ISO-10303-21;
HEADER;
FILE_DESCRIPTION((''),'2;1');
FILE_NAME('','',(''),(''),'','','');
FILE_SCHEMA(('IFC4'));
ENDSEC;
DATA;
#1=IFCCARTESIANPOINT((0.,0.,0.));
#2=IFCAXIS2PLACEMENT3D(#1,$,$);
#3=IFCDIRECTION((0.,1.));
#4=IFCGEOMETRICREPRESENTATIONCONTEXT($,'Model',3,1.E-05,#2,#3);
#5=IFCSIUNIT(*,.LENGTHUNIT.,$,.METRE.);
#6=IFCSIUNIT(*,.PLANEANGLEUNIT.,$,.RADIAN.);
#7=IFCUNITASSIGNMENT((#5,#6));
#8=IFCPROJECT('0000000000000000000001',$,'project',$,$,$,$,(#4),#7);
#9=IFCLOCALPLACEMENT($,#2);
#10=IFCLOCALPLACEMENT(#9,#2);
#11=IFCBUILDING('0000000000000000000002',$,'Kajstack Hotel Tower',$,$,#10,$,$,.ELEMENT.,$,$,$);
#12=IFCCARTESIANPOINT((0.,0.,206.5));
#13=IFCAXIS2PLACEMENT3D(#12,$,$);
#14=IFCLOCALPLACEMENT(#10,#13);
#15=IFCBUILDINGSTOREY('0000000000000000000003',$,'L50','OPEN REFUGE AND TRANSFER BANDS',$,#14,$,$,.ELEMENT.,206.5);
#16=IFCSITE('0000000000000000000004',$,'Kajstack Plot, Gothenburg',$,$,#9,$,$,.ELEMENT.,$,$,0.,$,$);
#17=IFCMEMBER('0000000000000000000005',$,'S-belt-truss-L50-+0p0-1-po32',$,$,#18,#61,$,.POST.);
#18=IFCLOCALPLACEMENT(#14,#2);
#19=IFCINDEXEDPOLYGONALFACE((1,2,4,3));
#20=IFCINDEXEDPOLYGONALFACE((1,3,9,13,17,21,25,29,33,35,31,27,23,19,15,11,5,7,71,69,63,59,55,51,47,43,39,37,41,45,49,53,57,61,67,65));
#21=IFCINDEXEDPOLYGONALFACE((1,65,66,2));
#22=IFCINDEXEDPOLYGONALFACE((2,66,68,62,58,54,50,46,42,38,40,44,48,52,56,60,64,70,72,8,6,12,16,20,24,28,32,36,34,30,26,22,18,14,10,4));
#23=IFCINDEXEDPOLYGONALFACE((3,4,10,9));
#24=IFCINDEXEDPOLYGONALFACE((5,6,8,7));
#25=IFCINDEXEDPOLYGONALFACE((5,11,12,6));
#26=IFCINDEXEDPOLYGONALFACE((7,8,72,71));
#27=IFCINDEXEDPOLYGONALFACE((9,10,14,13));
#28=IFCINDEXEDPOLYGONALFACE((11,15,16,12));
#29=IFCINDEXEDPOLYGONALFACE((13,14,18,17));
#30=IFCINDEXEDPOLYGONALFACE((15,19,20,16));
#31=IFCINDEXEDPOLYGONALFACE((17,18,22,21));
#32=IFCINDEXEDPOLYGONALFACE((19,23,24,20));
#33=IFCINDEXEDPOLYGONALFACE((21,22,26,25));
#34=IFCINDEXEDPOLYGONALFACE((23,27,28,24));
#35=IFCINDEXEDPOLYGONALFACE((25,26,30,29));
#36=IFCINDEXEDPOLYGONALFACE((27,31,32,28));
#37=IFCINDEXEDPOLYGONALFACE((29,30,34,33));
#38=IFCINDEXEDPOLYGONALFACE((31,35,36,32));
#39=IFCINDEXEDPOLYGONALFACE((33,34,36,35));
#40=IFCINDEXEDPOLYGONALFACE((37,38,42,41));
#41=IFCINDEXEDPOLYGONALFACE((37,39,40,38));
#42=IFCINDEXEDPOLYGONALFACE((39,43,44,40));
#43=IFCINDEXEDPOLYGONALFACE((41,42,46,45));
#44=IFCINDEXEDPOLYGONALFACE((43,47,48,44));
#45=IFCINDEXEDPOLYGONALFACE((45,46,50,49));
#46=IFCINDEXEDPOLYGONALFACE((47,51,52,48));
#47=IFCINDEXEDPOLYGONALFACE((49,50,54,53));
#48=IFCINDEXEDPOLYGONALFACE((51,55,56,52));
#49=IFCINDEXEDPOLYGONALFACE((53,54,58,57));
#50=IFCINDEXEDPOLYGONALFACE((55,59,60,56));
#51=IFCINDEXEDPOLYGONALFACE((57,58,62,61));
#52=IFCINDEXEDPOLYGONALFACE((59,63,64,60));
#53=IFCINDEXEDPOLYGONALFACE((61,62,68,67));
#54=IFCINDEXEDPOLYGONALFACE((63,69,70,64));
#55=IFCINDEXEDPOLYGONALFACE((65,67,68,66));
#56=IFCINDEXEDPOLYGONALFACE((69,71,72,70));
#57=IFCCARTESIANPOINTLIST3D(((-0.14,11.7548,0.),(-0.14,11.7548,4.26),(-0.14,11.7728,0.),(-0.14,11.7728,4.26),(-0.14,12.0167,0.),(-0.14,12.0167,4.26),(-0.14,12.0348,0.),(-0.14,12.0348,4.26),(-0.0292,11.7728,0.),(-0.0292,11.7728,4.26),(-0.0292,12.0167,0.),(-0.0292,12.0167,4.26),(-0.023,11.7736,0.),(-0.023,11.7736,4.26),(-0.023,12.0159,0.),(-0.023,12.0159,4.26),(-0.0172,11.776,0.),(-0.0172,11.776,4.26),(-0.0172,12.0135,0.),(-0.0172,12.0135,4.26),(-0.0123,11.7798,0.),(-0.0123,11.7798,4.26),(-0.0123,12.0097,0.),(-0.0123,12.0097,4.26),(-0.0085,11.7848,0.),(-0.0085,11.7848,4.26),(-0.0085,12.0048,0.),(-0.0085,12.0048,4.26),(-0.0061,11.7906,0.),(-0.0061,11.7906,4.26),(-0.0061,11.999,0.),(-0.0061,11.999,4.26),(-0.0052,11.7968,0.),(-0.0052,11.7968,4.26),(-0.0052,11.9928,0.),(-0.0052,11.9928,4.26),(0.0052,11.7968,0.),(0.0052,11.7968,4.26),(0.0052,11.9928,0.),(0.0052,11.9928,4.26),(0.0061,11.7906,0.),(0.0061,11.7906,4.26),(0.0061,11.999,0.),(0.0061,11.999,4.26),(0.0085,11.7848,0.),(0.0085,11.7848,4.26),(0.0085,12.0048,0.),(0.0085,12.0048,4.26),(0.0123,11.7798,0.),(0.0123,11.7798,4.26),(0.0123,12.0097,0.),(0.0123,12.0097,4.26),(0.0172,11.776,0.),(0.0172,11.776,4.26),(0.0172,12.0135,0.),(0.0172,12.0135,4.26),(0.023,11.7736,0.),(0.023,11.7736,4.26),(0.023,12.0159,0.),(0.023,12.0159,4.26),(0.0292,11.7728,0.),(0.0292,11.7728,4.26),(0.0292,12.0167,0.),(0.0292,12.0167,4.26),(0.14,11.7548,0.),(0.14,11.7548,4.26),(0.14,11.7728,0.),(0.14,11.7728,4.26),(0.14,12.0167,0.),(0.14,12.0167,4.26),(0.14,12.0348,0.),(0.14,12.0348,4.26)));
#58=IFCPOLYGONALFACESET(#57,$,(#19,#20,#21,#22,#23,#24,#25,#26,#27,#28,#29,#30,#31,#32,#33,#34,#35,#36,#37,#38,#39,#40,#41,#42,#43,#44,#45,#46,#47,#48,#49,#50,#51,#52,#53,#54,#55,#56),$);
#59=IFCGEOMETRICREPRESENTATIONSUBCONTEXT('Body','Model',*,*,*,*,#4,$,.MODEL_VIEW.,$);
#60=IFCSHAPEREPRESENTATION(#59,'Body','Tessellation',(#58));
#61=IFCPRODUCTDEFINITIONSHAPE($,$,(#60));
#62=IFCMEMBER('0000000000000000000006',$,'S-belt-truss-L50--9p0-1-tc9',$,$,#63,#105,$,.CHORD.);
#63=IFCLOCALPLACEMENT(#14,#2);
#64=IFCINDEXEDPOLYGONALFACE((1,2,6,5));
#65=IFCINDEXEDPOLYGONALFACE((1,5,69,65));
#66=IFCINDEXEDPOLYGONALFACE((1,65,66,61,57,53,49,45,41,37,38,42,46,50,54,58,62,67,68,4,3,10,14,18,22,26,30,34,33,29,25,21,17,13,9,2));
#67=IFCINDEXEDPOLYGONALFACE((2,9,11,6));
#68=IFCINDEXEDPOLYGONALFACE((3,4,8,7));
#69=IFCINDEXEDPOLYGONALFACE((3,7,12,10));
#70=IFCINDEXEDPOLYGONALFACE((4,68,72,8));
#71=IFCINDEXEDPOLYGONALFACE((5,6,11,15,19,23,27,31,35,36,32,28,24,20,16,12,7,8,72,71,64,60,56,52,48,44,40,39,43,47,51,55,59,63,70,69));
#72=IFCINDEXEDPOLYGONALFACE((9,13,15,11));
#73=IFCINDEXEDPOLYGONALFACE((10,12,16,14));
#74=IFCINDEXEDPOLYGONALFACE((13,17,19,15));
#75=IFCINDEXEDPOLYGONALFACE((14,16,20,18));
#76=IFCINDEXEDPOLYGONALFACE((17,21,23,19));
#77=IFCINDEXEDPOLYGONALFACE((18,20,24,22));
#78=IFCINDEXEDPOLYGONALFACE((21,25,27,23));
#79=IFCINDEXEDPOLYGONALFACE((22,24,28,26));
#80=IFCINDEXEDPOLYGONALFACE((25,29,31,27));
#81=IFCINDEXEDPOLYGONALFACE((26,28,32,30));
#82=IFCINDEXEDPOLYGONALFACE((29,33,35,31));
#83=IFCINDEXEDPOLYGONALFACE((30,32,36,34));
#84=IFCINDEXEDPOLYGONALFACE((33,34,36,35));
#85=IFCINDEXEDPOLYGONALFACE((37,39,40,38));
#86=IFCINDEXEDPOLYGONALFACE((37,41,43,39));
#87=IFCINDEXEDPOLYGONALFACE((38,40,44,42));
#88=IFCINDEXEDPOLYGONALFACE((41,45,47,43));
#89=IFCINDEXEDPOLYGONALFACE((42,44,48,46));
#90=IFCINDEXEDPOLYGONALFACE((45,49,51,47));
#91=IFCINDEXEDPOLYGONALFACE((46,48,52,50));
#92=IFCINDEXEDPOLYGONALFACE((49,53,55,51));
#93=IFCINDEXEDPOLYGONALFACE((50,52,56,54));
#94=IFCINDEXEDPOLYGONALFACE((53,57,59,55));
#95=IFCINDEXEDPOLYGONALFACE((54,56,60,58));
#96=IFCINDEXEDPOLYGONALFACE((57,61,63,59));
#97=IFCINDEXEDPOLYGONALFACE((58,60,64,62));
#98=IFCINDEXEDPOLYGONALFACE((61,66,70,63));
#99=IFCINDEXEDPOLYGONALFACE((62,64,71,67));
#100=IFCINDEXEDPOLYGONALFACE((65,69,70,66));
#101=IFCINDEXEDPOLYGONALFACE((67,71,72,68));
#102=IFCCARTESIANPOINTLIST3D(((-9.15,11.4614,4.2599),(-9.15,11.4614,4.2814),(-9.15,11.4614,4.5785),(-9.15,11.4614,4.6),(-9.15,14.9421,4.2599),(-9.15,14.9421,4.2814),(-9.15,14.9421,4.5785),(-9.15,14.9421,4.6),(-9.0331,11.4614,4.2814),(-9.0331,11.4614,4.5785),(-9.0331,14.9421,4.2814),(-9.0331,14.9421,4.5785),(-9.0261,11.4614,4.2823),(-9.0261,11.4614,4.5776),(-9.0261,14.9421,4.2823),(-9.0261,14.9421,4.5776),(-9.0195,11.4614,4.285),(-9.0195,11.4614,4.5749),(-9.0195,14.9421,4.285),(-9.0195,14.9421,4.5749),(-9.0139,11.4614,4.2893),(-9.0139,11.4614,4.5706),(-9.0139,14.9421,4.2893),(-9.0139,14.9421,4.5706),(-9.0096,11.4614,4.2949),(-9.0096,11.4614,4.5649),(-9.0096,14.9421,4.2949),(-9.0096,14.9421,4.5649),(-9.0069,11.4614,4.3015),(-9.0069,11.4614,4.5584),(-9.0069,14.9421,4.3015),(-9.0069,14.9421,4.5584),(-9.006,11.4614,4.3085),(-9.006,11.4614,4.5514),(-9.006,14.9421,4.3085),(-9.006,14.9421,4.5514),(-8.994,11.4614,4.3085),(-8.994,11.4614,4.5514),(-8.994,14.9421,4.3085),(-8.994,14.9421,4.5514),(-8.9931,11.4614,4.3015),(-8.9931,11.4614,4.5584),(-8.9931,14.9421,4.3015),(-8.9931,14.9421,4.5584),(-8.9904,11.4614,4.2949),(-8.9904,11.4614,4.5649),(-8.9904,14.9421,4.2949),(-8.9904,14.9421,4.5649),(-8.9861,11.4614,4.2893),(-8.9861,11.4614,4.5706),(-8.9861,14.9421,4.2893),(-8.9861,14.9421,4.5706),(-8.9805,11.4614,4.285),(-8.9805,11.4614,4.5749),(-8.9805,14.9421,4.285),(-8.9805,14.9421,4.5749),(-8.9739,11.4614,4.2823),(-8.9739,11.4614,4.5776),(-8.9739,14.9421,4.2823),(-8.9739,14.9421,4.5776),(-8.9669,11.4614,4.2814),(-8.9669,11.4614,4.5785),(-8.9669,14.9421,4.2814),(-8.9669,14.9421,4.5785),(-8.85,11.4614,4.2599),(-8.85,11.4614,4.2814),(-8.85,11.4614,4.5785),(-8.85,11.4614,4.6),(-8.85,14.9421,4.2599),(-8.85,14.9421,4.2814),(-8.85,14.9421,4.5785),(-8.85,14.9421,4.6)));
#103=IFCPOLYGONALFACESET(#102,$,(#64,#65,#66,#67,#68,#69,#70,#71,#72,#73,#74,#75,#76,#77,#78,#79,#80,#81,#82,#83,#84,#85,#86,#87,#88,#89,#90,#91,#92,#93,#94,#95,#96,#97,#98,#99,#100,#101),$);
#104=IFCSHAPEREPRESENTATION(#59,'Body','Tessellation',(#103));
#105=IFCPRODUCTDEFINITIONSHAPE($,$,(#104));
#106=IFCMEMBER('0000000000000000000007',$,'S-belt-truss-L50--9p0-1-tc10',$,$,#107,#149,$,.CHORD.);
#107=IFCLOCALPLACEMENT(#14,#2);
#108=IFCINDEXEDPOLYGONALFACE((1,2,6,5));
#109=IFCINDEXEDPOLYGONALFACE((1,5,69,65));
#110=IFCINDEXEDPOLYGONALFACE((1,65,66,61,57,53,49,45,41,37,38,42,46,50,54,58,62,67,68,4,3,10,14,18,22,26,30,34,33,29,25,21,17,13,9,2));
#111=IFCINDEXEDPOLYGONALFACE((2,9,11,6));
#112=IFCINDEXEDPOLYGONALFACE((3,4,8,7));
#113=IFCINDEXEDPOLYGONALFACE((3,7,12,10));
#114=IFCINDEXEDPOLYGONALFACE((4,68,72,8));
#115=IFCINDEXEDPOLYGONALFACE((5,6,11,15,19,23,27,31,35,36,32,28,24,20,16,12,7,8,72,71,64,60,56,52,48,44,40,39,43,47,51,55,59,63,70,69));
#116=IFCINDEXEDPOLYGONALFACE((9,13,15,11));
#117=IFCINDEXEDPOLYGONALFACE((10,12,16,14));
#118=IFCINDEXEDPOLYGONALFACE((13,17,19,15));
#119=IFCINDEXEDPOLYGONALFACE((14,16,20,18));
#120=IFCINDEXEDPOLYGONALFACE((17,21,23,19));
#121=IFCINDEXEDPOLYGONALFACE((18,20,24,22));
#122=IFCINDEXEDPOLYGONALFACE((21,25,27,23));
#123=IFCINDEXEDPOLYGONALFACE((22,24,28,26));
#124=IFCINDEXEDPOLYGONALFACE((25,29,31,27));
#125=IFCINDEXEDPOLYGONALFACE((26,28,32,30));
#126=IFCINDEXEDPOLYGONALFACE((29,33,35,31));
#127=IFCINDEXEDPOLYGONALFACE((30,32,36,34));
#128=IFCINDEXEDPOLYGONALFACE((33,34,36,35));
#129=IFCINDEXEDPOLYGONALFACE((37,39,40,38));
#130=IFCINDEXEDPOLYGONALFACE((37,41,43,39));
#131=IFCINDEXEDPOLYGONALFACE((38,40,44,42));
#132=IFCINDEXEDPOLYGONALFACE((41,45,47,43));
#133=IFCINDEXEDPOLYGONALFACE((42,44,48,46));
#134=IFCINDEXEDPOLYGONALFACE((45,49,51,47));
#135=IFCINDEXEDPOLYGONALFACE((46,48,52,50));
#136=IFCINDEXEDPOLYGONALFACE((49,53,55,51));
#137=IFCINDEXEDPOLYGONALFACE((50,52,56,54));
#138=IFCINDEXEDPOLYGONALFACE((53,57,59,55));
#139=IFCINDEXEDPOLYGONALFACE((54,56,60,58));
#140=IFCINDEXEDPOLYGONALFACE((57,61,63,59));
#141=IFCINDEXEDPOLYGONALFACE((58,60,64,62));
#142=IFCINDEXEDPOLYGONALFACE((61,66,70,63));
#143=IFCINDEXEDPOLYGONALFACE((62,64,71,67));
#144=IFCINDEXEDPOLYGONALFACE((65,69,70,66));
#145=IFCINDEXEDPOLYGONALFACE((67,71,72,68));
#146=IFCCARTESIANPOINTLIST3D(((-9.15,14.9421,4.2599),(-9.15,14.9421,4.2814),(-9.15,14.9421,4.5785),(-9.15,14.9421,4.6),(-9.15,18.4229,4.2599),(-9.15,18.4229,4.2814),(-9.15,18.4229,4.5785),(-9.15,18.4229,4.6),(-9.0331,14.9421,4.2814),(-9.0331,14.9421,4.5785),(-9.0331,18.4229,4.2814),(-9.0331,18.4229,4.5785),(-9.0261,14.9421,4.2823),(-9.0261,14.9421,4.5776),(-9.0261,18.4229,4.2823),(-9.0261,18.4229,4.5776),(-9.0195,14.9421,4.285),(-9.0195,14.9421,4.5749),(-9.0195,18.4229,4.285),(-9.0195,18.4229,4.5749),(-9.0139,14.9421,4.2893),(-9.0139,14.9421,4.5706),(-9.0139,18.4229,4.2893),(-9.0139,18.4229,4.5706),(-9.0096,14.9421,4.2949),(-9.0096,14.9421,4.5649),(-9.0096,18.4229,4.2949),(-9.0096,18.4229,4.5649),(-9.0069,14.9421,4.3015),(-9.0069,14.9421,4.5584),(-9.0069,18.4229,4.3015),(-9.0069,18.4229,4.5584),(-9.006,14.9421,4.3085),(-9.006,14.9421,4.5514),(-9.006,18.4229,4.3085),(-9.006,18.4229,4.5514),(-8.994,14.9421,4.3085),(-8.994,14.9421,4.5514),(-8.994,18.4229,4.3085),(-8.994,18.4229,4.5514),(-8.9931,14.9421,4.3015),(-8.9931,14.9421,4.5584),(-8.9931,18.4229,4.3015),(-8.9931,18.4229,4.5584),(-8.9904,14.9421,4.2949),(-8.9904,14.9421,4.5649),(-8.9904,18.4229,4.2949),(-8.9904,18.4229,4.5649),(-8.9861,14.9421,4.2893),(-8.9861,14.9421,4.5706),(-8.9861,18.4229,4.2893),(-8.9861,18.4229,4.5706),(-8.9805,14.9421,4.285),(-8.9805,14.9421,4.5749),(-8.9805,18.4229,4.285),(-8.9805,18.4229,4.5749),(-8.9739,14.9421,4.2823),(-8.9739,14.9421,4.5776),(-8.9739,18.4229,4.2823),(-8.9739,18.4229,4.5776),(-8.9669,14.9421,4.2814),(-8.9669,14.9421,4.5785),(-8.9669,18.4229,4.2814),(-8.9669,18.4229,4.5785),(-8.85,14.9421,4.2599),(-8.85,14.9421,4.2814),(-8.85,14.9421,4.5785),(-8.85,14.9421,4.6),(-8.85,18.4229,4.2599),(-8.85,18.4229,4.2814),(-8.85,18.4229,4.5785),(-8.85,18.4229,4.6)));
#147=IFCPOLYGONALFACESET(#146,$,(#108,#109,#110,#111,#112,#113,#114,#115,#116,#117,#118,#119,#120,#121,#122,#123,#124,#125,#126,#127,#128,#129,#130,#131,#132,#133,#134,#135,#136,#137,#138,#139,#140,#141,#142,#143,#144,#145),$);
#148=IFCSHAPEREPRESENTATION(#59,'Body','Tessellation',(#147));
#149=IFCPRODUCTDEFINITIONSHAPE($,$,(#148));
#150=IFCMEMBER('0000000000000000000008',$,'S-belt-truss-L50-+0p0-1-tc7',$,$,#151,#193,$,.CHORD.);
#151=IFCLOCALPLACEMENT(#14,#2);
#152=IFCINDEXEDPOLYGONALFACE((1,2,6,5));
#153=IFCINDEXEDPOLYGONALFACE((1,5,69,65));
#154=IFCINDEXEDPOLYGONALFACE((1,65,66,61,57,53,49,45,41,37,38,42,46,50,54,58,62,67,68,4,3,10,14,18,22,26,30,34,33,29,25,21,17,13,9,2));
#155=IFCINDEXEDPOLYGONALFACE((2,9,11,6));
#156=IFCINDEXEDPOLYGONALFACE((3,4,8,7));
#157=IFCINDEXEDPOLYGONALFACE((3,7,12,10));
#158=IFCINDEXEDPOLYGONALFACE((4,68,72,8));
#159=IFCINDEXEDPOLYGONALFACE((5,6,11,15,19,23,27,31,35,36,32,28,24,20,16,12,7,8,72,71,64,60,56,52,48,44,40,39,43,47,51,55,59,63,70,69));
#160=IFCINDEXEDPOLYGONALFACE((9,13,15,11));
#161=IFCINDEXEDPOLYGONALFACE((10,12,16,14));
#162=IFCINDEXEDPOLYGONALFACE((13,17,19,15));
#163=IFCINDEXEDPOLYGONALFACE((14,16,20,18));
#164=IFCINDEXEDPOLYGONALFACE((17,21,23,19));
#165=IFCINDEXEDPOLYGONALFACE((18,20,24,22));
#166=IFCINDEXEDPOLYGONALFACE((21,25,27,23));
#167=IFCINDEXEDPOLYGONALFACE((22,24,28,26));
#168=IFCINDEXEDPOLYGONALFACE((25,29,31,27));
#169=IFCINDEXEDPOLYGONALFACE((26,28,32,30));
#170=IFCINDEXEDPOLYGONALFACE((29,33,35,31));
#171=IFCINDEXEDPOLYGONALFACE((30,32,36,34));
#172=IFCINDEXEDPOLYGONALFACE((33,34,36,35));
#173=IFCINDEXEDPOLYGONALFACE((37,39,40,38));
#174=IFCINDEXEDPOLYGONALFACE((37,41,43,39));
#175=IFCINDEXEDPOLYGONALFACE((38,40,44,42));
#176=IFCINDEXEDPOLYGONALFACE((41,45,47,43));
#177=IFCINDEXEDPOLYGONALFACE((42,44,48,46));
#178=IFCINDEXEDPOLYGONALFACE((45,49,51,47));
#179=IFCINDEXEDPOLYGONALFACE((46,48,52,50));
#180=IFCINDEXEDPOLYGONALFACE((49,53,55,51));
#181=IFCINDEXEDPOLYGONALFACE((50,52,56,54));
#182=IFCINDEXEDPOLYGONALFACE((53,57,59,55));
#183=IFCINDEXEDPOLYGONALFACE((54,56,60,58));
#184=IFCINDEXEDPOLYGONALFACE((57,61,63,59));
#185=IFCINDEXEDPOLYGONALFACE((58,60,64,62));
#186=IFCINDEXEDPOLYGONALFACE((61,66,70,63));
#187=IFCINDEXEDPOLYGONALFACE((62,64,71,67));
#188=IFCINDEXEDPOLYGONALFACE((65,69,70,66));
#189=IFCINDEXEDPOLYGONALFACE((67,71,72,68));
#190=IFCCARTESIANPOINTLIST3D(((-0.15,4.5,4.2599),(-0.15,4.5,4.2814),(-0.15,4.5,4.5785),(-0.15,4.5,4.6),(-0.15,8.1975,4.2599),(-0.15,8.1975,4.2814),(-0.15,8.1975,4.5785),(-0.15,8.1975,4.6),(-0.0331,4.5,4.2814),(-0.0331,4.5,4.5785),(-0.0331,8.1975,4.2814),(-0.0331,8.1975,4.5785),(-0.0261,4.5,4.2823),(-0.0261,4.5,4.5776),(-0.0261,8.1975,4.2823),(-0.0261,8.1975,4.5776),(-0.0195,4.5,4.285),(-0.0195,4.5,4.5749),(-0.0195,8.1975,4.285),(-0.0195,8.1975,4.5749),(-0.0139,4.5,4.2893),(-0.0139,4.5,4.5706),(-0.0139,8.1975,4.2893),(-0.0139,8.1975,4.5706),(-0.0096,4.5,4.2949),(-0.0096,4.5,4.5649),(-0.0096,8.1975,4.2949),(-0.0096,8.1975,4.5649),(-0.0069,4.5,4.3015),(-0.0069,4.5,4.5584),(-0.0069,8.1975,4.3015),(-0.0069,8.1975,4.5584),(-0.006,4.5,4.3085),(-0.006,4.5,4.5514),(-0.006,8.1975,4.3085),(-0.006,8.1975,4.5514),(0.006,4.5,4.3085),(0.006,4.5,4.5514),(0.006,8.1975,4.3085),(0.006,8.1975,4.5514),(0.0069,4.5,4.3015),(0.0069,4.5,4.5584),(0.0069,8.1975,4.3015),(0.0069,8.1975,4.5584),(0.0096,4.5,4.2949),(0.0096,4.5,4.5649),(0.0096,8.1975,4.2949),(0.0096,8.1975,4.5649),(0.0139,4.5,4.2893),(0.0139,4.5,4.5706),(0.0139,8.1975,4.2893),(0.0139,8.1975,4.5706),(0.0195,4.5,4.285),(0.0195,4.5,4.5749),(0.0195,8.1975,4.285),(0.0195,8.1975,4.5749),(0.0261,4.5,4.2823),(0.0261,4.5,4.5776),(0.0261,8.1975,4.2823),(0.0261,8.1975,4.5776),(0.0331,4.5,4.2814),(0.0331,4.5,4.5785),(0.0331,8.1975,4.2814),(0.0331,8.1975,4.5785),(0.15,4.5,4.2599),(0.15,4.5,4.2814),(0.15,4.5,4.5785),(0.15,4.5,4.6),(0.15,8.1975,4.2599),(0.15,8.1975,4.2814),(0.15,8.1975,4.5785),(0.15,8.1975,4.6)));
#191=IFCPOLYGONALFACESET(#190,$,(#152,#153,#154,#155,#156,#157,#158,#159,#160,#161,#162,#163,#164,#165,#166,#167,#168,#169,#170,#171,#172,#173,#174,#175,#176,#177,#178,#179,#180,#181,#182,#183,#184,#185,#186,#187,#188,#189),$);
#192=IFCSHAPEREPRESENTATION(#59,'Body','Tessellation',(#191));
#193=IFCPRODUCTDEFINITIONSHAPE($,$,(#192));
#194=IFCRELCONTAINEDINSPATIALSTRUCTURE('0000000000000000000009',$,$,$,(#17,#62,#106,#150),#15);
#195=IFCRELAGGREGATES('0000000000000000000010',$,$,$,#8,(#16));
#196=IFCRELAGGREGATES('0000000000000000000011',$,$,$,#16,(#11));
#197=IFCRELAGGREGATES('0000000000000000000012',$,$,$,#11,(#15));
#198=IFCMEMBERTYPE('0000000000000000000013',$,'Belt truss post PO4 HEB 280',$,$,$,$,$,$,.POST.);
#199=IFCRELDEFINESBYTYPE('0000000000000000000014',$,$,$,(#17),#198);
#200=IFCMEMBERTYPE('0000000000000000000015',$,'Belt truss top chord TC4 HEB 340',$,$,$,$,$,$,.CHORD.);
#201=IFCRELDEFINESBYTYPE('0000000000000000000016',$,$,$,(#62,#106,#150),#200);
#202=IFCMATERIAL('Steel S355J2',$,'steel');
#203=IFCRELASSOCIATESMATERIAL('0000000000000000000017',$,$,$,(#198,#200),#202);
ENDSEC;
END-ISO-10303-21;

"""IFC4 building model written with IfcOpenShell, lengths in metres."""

from ifc_helpers import new_model, si_unit, direction, frame, origin, origin_2d, place, context, subcontext, project, spatial, i_section, extrude, material, material_profile, profile_set, type_object, element, save


model = new_model("IFC4")

# Units and contexts
model_context = context("Model", 3, precision=1e-05, world=origin(), true_north=direction((0.0, 1.0)))
body_context = subcontext(model_context, "Body", "Model", "MODEL_VIEW")
ifc_project = project(units=[si_unit("LENGTHUNIT", "METRE"), si_unit("PLANEANGLEUNIT", "RADIAN")], contexts=[model_context])

# Site, building, storey
site_placement = place(None, origin())
site = spatial("IfcSite", under=ifc_project, at=site_placement, Name="Kajstack Plot, Gothenburg", CompositionType="ELEMENT", RefElevation=0.0)
building_placement = place(site_placement, origin())
building = spatial("IfcBuilding", under=site, at=building_placement, Name="Kajstack Hotel Tower", CompositionType="ELEMENT")
storey_placement = place(building_placement, frame((0.0, 0.0, 206.5)))
storey = spatial("IfcBuildingStorey", under=building, at=storey_placement, Name="L50", Description="OPEN REFUGE AND TRANSFER BANDS", CompositionType="ELEMENT", Elevation=206.5)

# Members
ifc_material = material(Name="Steel S355J2", Category="steel")
ifc_material_profile_1 = material_profile(ifc_material, i_section(OverallWidth=0.28, OverallDepth=0.28, WebThickness=0.0105, FlangeThickness=0.0181, FilletRadius=0.0239, at=origin_2d()), Name="HEB 280")
ifc_profile_set_1 = profile_set([ifc_material_profile_1], Name="Steel S355J2")
member_type_1 = type_object("IfcMemberType", Name="Belt truss post PO4 HEB 280", PredefinedType="POST", material=ifc_profile_set_1)
for number, where, z_axis, x_axis, name in (
    (1, (0.0, 11.8948, 0.0), (0.0, 0.0, 1.0), (1.0, 0.0, 0.0), "S-belt-truss-L50-+0p0-1-po32"),
):
    element("IfcMember", number, at=place(storey_placement, frame(where, z_axis=z_axis, x_axis=x_axis)), inside=storey, type_object=member_type_1, Name=name, PredefinedType="POST", context=body_context, shape_type="SweptSolid", body=[
        extrude(i_section(OverallWidth=0.28, OverallDepth=0.28, WebThickness=0.0105, FlangeThickness=0.0181, FilletRadius=0.0239, at=origin_2d()), origin(), (0.0, 0.0, 1.0), 4.26),
    ])
ifc_material_profile_2 = material_profile(ifc_material, i_section(OverallWidth=0.3, OverallDepth=0.3401, WebThickness=0.012, FlangeThickness=0.0215, FilletRadius=0.0271, at=origin_2d()), Name="HEB 340")
ifc_profile_set_2 = profile_set([ifc_material_profile_2], Name="Steel S355J2")
member_type_2 = type_object("IfcMemberType", Name="Belt truss top chord TC4 HEB 340", PredefinedType="CHORD", material=ifc_profile_set_2)
for number, where, z_axis, x_axis, name in (
    (2, (-9.0, 11.4614, 4.4299), (0.0, 1.0, 0.0), (-1.0, 0.0, 0.0), "S-belt-truss-L50--9p0-1-tc9"),
    (3, (-9.0, 14.9421, 4.4299), (0.0, 1.0, 0.0), (-1.0, 0.0, 0.0), "S-belt-truss-L50--9p0-1-tc10"),
):
    element("IfcMember", number, at=place(storey_placement, frame(where, z_axis=z_axis, x_axis=x_axis)), inside=storey, type_object=member_type_2, Name=name, PredefinedType="CHORD", context=body_context, shape_type="SweptSolid", body=[
        extrude(i_section(OverallWidth=0.3, OverallDepth=0.3401, WebThickness=0.012, FlangeThickness=0.0215, FilletRadius=0.0271, at=origin_2d()), origin(), (0.0, 0.0, 1.0), 3.4807),
    ])
member_1_placement = place(storey_placement, frame((0.0, 4.5, 4.4299), z_axis=(0.0, 1.0, 0.0), x_axis=(-1.0, 0.0, 0.0)))
element("IfcMember", 4, at=member_1_placement, inside=storey, type_object=member_type_2, Name="S-belt-truss-L50-+0p0-1-tc7", PredefinedType="CHORD", context=body_context, shape_type="SweptSolid", body=[
    extrude(i_section(OverallWidth=0.3, OverallDepth=0.3401, WebThickness=0.012, FlangeThickness=0.0215, FilletRadius=0.0271, at=origin_2d()), origin(), (0.0, 0.0, 1.0), 3.6975),
])

save(model, "model.ifc")
